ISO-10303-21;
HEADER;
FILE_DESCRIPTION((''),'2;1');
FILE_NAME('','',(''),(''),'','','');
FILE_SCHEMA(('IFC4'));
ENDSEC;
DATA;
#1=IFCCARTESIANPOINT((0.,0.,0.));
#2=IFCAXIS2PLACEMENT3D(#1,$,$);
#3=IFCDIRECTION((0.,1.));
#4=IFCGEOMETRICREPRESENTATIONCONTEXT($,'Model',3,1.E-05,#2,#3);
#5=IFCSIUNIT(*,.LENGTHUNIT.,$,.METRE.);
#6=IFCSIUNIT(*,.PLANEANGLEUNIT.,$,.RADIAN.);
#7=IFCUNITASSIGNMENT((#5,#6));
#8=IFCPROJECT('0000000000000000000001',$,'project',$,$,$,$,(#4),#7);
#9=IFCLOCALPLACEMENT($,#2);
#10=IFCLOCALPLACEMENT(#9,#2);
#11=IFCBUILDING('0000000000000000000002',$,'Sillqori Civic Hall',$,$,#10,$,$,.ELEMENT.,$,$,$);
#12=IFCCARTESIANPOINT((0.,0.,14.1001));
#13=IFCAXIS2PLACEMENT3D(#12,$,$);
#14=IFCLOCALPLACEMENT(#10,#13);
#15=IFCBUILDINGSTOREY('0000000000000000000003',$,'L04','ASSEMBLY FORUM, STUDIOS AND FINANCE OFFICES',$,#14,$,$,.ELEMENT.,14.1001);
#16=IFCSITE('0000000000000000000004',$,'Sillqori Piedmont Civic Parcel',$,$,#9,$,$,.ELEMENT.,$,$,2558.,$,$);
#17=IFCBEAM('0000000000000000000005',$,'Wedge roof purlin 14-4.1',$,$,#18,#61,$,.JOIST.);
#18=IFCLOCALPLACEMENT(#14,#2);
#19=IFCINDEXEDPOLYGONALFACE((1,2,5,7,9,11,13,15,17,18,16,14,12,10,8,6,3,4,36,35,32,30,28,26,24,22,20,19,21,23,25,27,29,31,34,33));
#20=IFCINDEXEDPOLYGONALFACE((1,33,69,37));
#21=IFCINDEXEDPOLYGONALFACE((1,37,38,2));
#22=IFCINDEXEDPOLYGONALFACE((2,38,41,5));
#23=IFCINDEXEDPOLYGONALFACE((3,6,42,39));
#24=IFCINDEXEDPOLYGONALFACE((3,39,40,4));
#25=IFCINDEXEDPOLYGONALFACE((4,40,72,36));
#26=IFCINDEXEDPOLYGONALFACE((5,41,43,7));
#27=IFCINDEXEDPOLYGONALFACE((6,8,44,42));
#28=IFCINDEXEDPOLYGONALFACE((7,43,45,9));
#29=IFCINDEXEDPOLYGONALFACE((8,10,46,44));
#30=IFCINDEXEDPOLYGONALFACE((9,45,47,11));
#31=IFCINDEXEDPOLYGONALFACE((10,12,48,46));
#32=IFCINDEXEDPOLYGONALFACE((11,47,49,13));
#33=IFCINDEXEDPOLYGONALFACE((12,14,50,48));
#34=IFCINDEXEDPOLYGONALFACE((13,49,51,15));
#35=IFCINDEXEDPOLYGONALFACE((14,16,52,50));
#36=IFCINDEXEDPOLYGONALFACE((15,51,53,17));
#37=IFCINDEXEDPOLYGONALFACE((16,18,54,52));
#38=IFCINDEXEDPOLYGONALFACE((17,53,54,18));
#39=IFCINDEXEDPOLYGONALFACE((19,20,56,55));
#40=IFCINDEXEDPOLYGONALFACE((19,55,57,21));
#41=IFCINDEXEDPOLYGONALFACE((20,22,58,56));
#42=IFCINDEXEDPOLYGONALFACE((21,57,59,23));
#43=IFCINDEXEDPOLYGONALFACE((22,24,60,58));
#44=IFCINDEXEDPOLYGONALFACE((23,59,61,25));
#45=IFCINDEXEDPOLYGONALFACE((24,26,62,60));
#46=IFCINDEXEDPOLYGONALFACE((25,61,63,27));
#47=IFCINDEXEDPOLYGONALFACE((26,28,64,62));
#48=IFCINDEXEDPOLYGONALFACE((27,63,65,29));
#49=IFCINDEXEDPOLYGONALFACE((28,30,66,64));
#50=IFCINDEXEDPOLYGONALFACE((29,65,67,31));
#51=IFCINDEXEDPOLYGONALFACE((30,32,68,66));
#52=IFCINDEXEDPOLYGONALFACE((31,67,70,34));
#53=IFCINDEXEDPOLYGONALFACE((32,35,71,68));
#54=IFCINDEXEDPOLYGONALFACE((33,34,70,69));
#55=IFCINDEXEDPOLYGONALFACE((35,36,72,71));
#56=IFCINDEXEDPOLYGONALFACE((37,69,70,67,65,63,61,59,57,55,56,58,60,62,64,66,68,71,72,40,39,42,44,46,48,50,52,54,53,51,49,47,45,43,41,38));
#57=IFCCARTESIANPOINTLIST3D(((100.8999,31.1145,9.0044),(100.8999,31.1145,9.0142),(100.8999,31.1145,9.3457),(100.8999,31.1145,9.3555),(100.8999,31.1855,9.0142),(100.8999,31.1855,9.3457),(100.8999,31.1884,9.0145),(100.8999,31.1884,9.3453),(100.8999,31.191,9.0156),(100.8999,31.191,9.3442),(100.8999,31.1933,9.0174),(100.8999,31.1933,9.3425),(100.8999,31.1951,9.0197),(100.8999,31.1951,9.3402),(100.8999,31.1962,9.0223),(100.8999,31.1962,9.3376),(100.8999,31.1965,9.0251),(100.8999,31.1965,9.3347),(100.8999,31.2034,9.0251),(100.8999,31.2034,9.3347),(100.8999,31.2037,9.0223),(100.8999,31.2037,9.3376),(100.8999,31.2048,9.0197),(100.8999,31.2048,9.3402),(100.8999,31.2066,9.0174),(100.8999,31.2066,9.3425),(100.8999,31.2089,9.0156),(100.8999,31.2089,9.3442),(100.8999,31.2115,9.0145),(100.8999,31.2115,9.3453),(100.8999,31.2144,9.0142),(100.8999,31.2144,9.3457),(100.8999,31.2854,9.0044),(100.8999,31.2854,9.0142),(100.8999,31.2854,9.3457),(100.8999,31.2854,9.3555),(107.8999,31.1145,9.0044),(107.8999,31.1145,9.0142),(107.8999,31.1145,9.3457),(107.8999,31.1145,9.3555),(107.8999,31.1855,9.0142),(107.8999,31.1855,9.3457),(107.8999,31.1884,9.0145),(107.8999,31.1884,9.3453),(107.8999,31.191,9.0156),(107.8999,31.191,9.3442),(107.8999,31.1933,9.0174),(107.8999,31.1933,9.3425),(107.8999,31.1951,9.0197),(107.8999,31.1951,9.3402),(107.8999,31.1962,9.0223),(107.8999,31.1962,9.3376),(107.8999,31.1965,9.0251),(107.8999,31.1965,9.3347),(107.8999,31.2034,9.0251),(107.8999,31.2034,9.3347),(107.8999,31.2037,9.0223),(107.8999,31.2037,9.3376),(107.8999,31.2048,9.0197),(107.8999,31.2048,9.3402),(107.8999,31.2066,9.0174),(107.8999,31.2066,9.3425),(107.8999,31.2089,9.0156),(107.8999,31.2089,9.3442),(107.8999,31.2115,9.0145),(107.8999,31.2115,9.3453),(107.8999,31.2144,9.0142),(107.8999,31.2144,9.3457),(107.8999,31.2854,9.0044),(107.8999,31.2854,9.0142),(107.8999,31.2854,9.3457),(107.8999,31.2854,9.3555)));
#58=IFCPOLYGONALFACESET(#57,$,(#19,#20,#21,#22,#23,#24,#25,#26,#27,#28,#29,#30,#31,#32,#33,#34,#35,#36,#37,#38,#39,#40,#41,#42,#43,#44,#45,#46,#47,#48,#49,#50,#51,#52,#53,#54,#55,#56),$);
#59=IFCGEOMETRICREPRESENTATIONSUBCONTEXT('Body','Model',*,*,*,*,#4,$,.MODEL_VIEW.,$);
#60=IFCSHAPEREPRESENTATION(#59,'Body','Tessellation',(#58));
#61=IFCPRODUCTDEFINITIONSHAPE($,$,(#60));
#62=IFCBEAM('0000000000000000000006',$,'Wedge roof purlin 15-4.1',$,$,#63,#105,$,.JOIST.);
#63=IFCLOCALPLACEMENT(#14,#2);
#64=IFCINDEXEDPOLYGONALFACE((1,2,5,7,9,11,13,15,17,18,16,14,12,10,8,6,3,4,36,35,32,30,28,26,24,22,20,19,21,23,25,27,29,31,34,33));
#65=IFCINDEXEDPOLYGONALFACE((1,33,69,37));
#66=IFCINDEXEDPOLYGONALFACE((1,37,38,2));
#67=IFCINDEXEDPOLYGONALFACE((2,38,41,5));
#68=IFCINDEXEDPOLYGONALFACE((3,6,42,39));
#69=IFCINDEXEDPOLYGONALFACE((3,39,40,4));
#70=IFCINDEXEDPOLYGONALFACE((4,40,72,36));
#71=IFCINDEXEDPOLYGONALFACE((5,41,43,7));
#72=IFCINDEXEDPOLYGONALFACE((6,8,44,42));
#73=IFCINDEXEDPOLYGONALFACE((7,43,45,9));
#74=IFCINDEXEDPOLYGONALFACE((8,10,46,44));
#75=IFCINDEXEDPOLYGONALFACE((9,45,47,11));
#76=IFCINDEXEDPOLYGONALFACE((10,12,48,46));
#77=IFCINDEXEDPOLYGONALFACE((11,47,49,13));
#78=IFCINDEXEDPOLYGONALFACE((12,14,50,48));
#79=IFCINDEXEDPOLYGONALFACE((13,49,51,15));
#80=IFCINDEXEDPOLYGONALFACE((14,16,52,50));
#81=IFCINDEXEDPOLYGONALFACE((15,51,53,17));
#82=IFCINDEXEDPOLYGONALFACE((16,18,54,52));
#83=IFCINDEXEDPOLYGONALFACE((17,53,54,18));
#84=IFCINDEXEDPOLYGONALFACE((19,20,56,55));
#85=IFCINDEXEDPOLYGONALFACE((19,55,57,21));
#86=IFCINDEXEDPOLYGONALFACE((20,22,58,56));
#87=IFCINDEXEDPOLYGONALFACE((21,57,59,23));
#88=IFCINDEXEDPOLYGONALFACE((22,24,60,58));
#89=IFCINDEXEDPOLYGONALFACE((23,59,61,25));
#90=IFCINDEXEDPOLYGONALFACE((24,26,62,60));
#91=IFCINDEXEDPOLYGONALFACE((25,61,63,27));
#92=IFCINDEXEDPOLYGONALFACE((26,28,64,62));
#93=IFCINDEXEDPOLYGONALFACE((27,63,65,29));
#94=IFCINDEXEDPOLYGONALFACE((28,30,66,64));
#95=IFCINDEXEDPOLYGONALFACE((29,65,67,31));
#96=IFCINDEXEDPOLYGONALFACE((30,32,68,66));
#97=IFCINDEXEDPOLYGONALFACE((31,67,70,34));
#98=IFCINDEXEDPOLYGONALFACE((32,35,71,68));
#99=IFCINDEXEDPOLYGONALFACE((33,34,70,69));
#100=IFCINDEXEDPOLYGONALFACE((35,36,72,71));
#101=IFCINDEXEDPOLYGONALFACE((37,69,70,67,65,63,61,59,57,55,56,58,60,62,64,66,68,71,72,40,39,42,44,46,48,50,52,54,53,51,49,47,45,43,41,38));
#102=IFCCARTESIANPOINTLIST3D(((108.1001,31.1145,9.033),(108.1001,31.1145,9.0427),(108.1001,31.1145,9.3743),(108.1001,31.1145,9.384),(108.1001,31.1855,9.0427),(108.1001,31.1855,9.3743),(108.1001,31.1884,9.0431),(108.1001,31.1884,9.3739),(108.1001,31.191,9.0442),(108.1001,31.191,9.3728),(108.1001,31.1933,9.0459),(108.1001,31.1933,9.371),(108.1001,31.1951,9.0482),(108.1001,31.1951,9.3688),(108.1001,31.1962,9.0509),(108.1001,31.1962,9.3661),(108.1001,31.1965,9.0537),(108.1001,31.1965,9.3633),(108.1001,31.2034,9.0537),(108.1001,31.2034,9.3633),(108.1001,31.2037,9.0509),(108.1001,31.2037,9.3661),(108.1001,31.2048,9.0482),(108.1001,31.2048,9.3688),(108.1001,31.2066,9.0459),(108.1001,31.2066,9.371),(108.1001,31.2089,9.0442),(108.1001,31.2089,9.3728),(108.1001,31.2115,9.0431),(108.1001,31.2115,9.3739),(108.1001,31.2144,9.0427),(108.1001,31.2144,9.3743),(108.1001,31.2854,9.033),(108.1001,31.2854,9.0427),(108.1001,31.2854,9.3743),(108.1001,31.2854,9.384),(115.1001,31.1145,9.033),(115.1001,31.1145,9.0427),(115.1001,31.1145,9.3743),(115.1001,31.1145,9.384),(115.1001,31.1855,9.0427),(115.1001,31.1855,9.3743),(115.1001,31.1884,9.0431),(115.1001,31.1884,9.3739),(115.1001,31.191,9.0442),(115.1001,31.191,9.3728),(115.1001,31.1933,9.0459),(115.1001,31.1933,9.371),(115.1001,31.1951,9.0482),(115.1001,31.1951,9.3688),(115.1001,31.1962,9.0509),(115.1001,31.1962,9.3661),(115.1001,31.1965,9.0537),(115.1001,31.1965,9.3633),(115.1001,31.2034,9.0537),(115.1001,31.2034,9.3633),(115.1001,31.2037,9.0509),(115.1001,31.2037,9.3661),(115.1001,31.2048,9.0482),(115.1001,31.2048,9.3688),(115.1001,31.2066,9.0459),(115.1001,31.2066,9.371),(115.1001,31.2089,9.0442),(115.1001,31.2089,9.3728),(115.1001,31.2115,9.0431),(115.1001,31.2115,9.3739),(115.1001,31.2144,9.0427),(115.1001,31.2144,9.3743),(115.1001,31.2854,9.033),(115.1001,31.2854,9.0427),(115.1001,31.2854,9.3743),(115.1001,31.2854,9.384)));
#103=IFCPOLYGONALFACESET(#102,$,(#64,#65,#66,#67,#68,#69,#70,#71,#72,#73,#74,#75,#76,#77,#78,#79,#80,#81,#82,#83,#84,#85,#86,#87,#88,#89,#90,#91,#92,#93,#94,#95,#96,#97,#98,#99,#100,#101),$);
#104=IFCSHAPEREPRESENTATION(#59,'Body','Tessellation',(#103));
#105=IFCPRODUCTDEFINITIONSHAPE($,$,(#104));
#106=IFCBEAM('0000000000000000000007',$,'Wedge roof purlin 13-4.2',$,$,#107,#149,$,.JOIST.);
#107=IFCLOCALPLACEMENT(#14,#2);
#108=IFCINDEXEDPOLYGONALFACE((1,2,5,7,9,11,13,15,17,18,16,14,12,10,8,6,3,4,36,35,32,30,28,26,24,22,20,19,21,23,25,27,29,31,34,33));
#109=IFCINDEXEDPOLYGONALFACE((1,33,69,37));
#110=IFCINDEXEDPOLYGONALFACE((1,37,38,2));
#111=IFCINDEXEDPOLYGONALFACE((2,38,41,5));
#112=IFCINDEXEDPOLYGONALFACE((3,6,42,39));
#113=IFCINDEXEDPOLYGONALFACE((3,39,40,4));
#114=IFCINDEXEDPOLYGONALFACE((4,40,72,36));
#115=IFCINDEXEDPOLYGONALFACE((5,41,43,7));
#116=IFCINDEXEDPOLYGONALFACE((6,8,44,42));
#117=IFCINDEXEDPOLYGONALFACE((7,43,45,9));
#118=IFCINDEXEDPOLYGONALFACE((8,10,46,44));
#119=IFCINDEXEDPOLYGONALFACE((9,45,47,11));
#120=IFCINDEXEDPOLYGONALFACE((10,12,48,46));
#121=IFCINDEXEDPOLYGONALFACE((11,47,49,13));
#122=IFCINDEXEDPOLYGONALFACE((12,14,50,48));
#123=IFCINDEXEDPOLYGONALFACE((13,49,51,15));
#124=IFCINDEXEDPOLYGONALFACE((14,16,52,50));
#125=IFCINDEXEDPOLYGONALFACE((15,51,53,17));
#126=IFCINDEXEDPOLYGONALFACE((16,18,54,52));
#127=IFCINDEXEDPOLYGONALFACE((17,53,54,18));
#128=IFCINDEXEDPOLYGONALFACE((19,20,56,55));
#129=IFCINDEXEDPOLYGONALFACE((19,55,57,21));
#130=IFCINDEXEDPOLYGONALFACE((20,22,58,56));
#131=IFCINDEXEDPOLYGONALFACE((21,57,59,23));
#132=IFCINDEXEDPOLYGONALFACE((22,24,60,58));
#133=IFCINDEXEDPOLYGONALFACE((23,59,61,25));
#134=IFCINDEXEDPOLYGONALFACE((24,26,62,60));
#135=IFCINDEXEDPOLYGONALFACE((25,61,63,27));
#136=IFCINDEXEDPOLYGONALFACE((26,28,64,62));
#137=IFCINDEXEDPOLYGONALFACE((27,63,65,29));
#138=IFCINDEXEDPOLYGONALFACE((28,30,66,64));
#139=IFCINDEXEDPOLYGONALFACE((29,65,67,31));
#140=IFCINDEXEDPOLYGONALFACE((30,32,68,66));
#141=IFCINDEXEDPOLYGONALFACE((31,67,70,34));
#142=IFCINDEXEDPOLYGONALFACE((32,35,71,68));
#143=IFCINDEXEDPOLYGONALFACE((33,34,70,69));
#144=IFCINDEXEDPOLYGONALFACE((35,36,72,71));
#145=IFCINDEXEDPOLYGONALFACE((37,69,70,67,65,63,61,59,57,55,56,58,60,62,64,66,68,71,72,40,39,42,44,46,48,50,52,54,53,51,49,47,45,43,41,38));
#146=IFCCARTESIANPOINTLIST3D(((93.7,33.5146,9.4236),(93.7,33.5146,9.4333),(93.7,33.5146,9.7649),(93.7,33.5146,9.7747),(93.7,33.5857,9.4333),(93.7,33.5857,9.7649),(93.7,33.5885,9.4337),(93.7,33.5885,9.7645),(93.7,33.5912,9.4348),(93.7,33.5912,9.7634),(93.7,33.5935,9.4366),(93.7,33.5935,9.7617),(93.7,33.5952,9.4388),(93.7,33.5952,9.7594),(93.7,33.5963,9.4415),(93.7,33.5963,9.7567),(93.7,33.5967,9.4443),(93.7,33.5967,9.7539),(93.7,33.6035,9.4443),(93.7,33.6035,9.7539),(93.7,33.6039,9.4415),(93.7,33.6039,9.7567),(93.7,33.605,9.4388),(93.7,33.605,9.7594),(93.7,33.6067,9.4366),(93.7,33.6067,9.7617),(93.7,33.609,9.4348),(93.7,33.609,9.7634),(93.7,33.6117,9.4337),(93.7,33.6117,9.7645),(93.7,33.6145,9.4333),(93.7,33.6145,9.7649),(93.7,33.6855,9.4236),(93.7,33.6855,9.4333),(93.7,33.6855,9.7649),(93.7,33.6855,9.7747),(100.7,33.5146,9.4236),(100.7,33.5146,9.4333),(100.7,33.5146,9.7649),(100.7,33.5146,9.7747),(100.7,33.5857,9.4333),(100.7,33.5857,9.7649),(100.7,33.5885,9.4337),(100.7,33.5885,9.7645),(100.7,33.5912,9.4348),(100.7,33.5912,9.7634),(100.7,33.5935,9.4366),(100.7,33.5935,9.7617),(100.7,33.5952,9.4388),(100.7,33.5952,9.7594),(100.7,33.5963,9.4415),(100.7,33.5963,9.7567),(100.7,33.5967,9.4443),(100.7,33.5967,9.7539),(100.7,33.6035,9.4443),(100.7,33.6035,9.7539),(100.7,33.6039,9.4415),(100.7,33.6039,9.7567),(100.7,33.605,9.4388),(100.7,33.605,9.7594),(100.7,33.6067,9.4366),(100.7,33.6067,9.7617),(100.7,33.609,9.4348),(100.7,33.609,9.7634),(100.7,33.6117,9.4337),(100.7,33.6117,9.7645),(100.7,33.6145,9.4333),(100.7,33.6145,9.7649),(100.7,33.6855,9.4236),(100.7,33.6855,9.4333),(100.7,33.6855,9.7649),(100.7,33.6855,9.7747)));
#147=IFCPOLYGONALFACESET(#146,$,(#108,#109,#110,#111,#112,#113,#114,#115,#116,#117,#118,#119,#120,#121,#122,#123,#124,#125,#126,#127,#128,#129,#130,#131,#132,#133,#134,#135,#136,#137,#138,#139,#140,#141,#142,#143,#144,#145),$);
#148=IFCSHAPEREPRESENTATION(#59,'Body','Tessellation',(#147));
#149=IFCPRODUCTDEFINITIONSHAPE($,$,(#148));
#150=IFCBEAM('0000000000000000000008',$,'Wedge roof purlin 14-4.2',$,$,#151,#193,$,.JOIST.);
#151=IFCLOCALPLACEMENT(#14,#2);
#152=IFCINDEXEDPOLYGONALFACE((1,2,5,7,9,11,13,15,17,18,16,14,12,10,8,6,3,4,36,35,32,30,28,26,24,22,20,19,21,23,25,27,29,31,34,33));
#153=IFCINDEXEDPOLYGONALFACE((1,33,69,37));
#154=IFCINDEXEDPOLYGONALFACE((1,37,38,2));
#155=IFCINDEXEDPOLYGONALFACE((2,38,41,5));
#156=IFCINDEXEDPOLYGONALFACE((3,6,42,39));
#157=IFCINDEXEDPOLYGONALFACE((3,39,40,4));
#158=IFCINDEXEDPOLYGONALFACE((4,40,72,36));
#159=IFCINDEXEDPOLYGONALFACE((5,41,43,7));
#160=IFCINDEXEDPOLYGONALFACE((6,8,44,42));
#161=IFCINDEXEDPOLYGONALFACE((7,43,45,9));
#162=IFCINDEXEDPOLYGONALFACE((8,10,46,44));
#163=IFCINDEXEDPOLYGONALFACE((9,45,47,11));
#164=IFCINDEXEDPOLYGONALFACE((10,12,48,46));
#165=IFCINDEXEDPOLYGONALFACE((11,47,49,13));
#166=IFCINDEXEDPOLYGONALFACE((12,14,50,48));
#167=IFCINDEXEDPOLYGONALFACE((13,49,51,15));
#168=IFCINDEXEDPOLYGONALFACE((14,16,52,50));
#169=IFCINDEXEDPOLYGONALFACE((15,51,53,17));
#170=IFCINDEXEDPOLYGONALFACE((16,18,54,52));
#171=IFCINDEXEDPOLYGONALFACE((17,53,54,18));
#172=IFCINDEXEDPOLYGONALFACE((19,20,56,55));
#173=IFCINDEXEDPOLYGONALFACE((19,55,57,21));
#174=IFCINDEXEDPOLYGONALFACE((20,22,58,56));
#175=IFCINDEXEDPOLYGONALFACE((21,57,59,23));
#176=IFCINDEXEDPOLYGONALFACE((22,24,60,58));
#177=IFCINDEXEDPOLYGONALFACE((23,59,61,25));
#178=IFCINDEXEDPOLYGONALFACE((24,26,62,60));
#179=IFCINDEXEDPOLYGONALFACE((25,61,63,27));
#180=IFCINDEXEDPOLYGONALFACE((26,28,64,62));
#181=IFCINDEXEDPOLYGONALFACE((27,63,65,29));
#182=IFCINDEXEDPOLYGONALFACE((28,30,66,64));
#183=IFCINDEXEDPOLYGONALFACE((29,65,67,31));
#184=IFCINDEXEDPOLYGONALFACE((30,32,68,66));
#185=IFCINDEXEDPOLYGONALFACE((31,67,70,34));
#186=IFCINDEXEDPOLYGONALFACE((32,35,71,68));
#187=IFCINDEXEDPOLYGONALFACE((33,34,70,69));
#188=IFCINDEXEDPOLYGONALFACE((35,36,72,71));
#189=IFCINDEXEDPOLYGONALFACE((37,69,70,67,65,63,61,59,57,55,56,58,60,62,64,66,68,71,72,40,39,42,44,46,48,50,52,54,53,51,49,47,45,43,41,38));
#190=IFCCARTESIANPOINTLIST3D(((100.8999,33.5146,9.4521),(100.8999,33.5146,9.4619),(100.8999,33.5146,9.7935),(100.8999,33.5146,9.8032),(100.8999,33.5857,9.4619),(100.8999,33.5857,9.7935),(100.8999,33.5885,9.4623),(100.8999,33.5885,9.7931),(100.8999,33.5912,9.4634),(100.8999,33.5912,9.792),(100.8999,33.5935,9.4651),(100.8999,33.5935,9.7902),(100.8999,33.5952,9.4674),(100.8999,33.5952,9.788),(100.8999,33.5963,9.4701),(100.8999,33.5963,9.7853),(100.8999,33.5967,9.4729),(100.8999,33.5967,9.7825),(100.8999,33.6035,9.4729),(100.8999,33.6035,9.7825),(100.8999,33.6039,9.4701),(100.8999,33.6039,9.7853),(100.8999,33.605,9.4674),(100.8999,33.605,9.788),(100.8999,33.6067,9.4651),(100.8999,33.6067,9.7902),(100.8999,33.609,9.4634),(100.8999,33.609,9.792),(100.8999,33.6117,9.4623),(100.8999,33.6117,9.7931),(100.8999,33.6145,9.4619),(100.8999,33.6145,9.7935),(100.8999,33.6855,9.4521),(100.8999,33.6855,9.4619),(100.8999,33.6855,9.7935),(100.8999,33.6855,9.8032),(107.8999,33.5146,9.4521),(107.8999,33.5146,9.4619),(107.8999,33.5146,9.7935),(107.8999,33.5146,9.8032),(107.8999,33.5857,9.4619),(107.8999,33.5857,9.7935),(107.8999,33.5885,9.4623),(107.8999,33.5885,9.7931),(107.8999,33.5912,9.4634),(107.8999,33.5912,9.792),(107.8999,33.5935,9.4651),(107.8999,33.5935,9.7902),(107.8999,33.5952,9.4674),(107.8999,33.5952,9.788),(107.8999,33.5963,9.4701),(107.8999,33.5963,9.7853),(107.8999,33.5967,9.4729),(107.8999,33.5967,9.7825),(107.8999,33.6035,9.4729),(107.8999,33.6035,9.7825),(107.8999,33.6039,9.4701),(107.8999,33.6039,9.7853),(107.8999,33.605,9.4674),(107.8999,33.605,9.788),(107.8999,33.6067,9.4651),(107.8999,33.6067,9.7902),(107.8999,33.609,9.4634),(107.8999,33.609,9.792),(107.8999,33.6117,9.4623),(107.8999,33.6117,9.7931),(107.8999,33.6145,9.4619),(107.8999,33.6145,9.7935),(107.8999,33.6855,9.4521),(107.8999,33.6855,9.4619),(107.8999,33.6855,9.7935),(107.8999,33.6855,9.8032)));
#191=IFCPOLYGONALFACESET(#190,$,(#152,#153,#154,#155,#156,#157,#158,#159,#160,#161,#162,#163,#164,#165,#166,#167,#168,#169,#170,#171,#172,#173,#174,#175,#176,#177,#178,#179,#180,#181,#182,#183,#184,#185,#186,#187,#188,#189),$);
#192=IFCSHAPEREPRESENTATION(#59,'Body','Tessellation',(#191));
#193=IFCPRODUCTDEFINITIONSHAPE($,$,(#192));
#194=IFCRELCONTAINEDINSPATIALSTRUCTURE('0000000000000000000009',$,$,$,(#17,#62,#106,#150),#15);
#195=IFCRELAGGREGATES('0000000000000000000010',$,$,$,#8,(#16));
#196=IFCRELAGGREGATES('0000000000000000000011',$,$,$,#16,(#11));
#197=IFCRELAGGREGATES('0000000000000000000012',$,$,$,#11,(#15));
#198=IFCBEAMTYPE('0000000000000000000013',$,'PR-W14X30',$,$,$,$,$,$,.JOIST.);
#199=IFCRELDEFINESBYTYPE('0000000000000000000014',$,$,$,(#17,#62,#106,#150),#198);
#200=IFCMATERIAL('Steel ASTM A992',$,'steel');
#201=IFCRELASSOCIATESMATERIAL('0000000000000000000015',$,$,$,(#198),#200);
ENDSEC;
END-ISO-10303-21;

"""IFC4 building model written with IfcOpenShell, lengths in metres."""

from ifc_helpers import new_model, si_unit, direction, frame, origin, origin_2d, place, context, subcontext, project, spatial, i_section, extrude, material, material_profile, profile_set, type_object, element, save


model = new_model("IFC4")

# Units and contexts
model_context = context("Model", 3, precision=1e-05, world=origin(), true_north=direction((0.0, 1.0)))
body_context = subcontext(model_context, "Body", "Model", "MODEL_VIEW")
ifc_project = project(units=[si_unit("LENGTHUNIT", "METRE"), si_unit("PLANEANGLEUNIT", "RADIAN")], contexts=[model_context])

# Site, building, storey
site_placement = place(None, origin())
site = spatial("IfcSite", under=ifc_project, at=site_placement, Name="Sillqori Piedmont Civic Parcel", CompositionType="ELEMENT", RefElevation=2558.0)
building_placement = place(site_placement, origin())
building = spatial("IfcBuilding", under=site, at=building_placement, Name="Sillqori Civic Hall", CompositionType="ELEMENT")
storey_placement = place(building_placement, frame((0.0, 0.0, 14.1001)))
storey = spatial("IfcBuildingStorey", under=building, at=storey_placement, Name="L04", Description="ASSEMBLY FORUM, STUDIOS AND FINANCE OFFICES", CompositionType="ELEMENT", Elevation=14.1001)

# Shared definitions
ifc_material_1 = material(Name="Steel ASTM A992", Category="steel")

# Beams
ifc_material_profile_1 = material_profile(ifc_material_1, i_section(OverallWidth=0.1709, OverallDepth=0.3511, WebThickness=0.0068, FlangeThickness=0.0098, FilletRadius=0.011, at=origin_2d()), Name="W14X30")
ifc_profile_set_1 = profile_set([ifc_material_profile_1], Name="Steel ASTM A992")
beam_type_1 = type_object("IfcBeamType", Name="PR-W14X30", PredefinedType="JOIST", material=ifc_profile_set_1)
for number, where, z_axis, x_axis, name in (
    (1, (100.8999, 31.2, 9.1799), (1.0, 0.0, 0.0), (0.0, 1.0, 0.0), "Wedge roof purlin 14-4.1"),
    (2, (108.1001, 31.2, 9.2085), (1.0, 0.0, 0.0), (0.0, 1.0, 0.0), "Wedge roof purlin 15-4.1"),
    (3, (93.7, 33.6001, 9.5991), (1.0, 0.0, 0.0), (0.0, 1.0, 0.0), "Wedge roof purlin 13-4.2"),
    (4, (100.8999, 33.6001, 9.6277), (1.0, 0.0, 0.0), (0.0, 1.0, 0.0), "Wedge roof purlin 14-4.2"),
):
    element("IfcBeam", number, at=place(storey_placement, frame(where, z_axis=z_axis, x_axis=x_axis)), inside=storey, type_object=beam_type_1, Name=name, PredefinedType="JOIST", context=body_context, shape_type="SweptSolid", body=[
        extrude(i_section(OverallWidth=0.1709, OverallDepth=0.3511, WebThickness=0.0068, FlangeThickness=0.0098, FilletRadius=0.011, at=origin_2d()), origin(), (0.0, 0.0, 1.0), 7.0),
    ])

save(model, "model.ifc")
